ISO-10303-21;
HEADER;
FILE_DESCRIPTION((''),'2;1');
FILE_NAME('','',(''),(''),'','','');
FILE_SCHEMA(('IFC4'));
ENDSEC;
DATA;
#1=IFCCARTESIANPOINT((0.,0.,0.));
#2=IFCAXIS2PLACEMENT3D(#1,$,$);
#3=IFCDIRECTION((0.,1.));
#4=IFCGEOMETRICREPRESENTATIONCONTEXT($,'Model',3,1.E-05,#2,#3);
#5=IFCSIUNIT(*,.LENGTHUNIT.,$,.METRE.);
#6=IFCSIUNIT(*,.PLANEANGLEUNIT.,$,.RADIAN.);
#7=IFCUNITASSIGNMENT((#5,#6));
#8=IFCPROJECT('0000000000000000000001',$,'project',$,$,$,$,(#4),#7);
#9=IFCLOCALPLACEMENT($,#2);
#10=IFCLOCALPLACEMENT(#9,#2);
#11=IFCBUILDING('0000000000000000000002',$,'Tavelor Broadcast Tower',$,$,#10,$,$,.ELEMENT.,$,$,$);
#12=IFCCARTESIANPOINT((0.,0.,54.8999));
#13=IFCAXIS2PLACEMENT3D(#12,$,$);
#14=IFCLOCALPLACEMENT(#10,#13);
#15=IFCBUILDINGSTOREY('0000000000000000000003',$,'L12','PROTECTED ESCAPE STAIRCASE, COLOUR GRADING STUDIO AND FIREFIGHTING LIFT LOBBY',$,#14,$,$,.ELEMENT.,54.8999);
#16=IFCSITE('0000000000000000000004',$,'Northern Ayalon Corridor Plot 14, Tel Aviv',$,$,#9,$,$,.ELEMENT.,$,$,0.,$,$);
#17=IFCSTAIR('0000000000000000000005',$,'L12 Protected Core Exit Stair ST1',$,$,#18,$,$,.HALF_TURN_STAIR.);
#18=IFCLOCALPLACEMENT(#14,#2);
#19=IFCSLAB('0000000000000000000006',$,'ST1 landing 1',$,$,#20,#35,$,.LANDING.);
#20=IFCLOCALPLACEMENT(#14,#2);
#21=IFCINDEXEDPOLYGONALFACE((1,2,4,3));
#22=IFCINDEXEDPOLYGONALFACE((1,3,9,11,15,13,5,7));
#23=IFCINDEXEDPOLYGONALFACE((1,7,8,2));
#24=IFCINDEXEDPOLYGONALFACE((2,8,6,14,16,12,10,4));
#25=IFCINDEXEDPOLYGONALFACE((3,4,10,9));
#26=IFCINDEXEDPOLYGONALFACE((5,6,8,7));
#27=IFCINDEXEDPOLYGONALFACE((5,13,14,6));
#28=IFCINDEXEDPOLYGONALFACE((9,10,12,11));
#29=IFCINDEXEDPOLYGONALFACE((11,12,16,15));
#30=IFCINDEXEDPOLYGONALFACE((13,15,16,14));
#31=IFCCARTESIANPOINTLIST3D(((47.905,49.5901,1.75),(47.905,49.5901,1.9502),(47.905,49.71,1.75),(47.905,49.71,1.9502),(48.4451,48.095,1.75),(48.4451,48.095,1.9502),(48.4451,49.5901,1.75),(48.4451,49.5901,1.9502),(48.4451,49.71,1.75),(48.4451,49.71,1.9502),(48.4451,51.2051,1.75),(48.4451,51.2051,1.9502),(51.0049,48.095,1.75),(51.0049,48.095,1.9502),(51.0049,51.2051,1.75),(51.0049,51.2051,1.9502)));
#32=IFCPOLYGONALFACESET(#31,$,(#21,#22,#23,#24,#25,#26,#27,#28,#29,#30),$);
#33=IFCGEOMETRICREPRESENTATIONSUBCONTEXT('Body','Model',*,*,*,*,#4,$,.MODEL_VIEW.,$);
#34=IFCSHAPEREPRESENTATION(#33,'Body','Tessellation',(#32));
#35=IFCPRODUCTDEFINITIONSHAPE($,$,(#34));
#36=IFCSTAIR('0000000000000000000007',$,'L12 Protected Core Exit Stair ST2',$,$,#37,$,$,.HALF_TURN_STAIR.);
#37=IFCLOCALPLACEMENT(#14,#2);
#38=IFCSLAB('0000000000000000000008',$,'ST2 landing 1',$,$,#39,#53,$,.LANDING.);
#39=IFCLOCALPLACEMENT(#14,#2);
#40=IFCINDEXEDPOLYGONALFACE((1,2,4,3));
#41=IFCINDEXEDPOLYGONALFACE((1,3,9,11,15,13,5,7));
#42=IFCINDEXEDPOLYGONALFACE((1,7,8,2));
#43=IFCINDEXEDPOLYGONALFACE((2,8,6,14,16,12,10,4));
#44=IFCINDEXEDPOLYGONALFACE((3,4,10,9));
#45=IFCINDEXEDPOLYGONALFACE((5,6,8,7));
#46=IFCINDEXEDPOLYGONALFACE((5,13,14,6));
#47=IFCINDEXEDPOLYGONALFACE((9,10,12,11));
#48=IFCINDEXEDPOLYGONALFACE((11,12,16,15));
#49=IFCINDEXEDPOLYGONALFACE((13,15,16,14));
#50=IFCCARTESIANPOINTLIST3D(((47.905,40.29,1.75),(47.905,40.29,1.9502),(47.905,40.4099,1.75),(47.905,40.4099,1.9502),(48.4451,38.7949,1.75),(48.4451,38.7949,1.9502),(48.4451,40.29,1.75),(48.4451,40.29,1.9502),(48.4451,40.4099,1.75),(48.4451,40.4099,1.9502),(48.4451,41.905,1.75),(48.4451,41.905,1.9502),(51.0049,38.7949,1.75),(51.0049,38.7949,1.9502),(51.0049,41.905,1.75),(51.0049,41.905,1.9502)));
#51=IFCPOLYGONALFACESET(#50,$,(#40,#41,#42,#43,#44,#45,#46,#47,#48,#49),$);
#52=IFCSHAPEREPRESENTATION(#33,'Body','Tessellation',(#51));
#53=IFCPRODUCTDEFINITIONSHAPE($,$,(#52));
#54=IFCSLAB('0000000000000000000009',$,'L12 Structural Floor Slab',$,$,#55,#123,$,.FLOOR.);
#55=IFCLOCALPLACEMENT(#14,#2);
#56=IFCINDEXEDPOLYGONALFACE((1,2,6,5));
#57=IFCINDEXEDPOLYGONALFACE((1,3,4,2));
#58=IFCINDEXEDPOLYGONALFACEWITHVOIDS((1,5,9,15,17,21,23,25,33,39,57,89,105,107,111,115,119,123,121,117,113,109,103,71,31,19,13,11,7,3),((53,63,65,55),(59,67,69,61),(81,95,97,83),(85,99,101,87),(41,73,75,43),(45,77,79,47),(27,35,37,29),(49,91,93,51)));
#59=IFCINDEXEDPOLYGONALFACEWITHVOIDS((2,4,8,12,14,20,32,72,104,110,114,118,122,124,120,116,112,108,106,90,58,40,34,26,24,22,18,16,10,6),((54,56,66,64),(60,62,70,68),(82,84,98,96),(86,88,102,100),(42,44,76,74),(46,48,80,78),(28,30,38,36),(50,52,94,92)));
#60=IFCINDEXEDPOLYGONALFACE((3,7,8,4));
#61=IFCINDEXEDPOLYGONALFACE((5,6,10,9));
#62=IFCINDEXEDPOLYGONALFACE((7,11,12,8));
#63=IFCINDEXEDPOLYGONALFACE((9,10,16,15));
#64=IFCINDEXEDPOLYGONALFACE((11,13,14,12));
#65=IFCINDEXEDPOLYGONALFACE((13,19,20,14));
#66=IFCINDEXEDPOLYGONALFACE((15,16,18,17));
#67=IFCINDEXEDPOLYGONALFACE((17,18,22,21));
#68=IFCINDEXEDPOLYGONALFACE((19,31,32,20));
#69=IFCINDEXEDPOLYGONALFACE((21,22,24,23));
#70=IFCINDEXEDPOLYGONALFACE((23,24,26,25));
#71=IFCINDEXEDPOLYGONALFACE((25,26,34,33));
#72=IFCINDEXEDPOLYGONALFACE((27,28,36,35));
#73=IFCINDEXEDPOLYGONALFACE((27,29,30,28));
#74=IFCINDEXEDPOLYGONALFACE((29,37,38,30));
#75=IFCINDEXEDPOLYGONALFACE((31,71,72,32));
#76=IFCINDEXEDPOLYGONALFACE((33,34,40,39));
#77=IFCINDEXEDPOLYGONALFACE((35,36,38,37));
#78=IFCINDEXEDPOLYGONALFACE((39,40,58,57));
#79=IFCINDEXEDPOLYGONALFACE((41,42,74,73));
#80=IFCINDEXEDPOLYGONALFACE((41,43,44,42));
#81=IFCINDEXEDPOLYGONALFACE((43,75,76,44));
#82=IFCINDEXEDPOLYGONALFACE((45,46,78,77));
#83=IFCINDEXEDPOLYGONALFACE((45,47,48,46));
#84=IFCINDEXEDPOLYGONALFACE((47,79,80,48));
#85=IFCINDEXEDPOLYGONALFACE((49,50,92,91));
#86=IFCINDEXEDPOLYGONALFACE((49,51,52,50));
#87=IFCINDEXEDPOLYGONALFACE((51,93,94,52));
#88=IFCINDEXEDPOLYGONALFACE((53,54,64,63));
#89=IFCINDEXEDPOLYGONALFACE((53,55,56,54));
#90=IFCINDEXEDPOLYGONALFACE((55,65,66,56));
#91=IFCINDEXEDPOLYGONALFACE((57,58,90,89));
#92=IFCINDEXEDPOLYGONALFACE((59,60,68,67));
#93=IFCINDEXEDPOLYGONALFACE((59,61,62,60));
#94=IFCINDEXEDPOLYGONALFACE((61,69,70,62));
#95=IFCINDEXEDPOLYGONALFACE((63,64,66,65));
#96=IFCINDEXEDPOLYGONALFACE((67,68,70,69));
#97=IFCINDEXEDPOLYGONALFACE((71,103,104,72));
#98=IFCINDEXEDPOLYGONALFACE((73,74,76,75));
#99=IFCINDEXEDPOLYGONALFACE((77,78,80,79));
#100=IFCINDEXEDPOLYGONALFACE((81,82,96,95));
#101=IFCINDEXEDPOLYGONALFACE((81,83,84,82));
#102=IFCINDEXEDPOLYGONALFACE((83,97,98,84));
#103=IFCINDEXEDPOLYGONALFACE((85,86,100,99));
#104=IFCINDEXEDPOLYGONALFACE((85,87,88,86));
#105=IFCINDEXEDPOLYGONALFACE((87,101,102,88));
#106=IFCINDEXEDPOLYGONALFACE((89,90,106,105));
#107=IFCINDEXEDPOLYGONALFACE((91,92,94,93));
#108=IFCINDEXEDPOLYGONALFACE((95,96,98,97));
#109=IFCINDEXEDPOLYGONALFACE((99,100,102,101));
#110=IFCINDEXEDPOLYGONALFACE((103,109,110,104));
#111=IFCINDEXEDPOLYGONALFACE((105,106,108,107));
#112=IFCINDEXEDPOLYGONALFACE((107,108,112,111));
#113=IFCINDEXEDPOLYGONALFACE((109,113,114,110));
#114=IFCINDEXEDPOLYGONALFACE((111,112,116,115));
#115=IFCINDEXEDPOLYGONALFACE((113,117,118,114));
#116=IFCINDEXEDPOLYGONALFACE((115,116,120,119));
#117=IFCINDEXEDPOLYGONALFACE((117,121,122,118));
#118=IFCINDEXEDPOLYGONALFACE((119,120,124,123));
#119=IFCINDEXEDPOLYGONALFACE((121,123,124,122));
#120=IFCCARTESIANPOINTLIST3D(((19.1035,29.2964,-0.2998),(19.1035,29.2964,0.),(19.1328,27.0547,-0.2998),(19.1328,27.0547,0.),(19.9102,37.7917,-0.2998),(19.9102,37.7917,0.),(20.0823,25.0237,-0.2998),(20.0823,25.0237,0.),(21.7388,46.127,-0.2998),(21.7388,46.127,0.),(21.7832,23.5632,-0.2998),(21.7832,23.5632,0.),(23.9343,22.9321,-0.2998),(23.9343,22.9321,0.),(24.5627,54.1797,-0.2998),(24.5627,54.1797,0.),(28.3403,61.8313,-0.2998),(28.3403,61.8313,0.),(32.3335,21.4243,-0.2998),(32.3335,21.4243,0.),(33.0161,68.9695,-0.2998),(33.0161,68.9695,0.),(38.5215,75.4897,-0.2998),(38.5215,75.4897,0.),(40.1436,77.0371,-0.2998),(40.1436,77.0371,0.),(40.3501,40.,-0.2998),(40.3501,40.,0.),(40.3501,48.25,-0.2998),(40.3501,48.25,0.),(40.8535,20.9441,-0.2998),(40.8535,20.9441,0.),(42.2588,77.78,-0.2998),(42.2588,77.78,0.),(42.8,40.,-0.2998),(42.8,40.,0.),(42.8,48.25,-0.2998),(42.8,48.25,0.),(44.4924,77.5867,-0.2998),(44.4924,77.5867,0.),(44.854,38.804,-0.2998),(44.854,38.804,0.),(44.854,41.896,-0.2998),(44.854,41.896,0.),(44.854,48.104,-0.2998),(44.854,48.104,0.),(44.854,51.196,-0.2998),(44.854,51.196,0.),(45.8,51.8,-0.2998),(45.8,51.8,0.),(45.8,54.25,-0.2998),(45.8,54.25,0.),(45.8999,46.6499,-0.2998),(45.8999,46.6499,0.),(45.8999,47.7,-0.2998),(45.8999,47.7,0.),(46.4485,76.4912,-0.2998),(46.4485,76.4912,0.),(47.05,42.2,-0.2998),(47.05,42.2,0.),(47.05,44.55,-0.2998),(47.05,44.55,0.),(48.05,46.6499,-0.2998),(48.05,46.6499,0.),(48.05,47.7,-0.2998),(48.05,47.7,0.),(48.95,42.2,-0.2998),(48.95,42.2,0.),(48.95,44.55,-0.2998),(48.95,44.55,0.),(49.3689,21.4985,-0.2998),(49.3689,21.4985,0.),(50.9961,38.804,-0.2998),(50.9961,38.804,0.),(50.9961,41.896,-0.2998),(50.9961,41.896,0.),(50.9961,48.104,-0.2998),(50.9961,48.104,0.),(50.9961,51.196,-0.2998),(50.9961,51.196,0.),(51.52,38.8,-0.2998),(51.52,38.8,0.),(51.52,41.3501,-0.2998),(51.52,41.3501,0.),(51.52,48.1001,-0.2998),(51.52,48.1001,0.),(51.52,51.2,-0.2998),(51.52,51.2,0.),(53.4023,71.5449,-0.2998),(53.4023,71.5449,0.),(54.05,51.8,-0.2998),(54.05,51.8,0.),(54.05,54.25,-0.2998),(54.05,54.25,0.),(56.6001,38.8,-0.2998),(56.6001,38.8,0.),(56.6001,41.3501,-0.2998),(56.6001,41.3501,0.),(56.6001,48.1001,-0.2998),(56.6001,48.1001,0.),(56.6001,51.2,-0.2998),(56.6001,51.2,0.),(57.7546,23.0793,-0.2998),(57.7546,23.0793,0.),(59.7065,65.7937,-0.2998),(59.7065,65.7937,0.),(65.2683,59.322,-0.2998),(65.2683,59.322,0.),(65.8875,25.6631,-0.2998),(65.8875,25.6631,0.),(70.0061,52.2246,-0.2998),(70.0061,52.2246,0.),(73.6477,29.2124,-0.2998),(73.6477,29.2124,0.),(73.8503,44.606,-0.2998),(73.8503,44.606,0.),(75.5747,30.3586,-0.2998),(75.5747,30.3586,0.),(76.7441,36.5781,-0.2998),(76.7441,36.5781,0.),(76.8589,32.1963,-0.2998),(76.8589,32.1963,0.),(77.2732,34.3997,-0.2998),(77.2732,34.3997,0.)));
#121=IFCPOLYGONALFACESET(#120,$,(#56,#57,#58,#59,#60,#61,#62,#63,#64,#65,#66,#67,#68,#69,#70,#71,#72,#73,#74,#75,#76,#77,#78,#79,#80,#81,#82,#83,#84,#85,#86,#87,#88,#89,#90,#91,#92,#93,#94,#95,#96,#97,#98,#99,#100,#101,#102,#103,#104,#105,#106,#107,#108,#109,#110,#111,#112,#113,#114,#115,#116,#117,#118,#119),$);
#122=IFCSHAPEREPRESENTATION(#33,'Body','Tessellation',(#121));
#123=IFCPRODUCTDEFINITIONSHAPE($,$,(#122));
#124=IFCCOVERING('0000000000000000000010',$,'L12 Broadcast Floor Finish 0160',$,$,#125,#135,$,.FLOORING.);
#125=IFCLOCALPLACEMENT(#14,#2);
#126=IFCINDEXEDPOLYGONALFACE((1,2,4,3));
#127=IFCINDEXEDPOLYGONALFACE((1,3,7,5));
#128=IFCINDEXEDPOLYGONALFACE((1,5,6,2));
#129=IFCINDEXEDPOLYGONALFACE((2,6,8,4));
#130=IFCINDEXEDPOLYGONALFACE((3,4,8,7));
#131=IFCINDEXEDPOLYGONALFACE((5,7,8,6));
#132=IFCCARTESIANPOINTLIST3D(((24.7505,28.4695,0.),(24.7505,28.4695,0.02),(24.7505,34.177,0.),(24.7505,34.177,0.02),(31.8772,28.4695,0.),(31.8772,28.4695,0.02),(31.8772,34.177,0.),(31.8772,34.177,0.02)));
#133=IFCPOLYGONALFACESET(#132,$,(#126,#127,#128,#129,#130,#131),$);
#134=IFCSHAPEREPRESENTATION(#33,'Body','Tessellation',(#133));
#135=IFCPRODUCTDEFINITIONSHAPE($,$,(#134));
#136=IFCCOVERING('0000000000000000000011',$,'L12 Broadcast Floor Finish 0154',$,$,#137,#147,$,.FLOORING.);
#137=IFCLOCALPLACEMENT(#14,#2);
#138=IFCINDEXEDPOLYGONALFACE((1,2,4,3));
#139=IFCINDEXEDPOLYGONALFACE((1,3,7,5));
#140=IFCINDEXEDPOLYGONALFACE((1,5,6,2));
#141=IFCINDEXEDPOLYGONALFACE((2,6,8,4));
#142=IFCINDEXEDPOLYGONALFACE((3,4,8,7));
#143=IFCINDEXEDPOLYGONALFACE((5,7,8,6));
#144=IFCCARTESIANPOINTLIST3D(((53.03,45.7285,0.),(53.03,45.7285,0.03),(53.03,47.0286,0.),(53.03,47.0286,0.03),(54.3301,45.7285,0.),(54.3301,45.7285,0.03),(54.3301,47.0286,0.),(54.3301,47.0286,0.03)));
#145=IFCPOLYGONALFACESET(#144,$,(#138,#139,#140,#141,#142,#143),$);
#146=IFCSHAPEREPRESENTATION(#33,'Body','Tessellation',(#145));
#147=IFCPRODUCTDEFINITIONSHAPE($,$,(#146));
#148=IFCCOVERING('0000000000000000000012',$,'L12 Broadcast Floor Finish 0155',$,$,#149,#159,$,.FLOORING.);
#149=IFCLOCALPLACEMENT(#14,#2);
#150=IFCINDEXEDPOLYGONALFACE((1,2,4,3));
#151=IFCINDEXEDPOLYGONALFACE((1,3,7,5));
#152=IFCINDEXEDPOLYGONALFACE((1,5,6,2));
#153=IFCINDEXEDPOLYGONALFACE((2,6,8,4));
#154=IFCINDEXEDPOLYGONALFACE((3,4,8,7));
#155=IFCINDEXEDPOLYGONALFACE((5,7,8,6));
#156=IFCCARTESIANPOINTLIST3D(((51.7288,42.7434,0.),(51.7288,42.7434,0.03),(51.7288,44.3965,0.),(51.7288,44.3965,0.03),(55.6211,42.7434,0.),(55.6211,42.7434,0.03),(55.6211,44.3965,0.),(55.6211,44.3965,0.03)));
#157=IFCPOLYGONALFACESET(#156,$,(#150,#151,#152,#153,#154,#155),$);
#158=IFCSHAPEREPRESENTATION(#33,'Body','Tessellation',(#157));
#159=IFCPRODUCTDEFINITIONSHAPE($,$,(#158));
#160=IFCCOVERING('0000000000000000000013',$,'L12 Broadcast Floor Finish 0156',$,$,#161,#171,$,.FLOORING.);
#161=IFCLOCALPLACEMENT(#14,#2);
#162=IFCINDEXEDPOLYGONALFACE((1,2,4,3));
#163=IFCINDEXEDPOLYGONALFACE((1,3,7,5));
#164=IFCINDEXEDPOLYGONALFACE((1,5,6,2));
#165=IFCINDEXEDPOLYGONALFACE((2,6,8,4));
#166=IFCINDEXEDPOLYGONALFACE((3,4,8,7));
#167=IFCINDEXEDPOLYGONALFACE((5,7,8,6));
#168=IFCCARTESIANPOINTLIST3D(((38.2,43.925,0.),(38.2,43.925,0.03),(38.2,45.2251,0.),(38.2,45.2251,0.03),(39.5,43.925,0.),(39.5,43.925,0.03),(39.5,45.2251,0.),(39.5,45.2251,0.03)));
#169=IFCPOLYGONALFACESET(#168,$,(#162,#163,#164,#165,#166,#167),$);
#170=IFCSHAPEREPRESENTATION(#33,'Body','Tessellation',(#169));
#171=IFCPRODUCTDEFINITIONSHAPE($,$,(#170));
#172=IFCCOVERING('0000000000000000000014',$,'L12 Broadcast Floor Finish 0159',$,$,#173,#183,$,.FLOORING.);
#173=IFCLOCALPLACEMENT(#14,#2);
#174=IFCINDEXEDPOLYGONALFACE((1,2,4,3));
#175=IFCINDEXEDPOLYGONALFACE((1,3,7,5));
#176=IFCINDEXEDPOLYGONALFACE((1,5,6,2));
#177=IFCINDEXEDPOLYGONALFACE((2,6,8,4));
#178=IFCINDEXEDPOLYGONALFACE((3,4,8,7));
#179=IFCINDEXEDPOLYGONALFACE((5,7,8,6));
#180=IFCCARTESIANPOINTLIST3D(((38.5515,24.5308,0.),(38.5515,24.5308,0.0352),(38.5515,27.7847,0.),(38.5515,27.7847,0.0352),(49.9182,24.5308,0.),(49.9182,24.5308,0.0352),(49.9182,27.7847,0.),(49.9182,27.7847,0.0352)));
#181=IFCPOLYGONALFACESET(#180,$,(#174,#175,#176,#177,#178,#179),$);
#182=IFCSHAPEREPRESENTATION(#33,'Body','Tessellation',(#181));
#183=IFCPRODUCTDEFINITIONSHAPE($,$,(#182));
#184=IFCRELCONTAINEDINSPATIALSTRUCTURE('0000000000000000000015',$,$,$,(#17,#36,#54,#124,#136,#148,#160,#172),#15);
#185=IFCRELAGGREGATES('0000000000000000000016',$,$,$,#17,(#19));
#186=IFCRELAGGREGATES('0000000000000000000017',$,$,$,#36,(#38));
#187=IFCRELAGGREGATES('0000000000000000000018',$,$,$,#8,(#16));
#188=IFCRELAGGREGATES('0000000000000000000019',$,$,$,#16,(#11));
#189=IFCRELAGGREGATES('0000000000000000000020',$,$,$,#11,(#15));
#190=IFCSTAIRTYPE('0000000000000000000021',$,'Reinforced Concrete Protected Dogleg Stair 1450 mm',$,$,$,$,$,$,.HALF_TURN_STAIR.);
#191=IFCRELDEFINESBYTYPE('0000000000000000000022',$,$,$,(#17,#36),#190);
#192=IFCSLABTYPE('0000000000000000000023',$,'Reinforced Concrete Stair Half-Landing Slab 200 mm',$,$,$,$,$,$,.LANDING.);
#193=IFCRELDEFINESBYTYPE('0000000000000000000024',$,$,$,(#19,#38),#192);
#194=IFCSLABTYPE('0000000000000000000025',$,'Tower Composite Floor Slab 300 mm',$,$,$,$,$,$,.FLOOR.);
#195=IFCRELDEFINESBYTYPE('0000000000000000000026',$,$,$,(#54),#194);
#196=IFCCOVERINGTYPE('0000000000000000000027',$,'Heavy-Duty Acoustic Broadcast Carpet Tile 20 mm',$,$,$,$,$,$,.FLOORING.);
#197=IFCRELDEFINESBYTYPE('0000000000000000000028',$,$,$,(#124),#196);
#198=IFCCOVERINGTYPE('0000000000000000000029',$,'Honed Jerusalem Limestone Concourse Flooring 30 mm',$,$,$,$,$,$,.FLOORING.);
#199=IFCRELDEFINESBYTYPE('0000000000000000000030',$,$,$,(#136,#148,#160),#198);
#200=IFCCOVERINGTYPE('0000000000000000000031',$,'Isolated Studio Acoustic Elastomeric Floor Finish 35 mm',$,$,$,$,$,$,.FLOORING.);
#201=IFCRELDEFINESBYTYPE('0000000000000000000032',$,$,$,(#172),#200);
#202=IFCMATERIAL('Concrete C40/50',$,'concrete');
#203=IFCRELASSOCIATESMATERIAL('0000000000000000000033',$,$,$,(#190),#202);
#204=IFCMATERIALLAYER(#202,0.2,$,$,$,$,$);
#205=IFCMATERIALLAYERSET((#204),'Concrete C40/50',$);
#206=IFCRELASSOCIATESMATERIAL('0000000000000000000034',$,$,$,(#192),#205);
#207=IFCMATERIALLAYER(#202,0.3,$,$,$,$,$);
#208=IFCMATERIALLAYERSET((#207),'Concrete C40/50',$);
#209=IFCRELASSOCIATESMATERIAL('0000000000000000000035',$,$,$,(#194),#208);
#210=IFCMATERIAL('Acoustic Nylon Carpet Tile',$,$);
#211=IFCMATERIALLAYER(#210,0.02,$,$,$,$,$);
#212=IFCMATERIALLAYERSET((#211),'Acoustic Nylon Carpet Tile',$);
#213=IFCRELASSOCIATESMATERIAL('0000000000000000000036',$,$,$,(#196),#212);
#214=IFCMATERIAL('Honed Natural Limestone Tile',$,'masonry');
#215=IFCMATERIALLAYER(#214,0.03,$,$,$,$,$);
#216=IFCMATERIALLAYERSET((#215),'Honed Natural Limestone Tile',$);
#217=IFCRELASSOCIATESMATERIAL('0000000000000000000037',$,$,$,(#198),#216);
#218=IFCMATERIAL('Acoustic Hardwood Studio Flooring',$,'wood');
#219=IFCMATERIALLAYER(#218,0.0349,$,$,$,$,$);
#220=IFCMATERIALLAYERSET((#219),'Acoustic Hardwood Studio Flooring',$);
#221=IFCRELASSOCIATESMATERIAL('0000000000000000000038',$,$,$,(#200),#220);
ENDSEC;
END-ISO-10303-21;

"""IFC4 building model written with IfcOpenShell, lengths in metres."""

from ifc_helpers import new_model, si_unit, direction, frame, origin, place, context, subcontext, project, spatial, polyline, outline, extrude, material, layer, layer_set, type_object, element, aggregate, save


model = new_model("IFC4")

# Units and contexts
model_context = context("Model", 3, precision=1e-05, world=origin(), true_north=direction((0.0, 1.0)))
body_context = subcontext(model_context, "Body", "Model", "MODEL_VIEW")
ifc_project = project(units=[si_unit("LENGTHUNIT", "METRE"), si_unit("PLANEANGLEUNIT", "RADIAN")], contexts=[model_context])

# Site, building, storey
site_placement = place(None, origin())
site = spatial("IfcSite", under=ifc_project, at=site_placement, Name="Northern Ayalon Corridor Plot 14, Tel Aviv", CompositionType="ELEMENT", RefElevation=0.0)
building_placement = place(site_placement, origin())
building = spatial("IfcBuilding", under=site, at=building_placement, Name="Tavelor Broadcast Tower", CompositionType="ELEMENT")
storey_placement = place(building_placement, frame((0.0, 0.0, 54.8999)))
storey = spatial("IfcBuildingStorey", under=building, at=storey_placement, Name="L12", Description="PROTECTED ESCAPE STAIRCASE, COLOUR GRADING STUDIO AND FIREFIGHTING LIFT LOBBY", CompositionType="ELEMENT", Elevation=54.8999)

# Stairs, slabs
ifc_material_1 = material(Name="Concrete C40/50", Category="concrete")
stair_type = type_object("IfcStairType", Name="Reinforced Concrete Protected Dogleg Stair 1450 mm", PredefinedType="HALF_TURN_STAIR", material=ifc_material_1)
stair_1_placement = place(storey_placement, origin())
stair_1 = element("IfcStair", 1, at=stair_1_placement, inside=storey, type_object=stair_type, Name="L12 Protected Core Exit Stair ST1", PredefinedType="HALF_TURN_STAIR")
ifc_layer_1 = layer(ifc_material_1, 0.2)
ifc_layer_set_1 = layer_set([ifc_layer_1], Name="Concrete C40/50")
slab_type_1 = type_object("IfcSlabType", Name="Reinforced Concrete Stair Half-Landing Slab 200 mm", PredefinedType="LANDING", material=ifc_layer_set_1)
slab_1_placement = place(storey_placement, frame((0.0, 0.0, 1.75)))
slab_1 = element("IfcSlab", 2, at=slab_1_placement, type_object=slab_type_1, Name="ST1 landing 1", PredefinedType="LANDING", context=body_context, shape_type="SweptSolid", body=[
    extrude(outline(polyline([(48.4451, 49.5901), (48.4451, 48.095), (51.0049, 48.095), (51.0049, 51.2051), (48.4451, 51.2051), (48.4451, 49.71), (47.905, 49.71), (47.905, 49.5901), (48.4451, 49.5901)])), origin(), (0.0, 0.0, 1.0), 0.2002),
])
aggregate(stair_1, [slab_1])
stair_2_placement = place(storey_placement, origin())
stair_2 = element("IfcStair", 3, at=stair_2_placement, inside=storey, type_object=stair_type, Name="L12 Protected Core Exit Stair ST2", PredefinedType="HALF_TURN_STAIR")
slab_2_placement = place(storey_placement, frame((0.0, 0.0, 1.75)))
slab_2 = element("IfcSlab", 4, at=slab_2_placement, type_object=slab_type_1, Name="ST2 landing 1", PredefinedType="LANDING", context=body_context, shape_type="SweptSolid", body=[
    extrude(outline(polyline([(48.4451, 40.29), (48.4451, 38.7949), (51.0049, 38.7949), (51.0049, 41.905), (48.4451, 41.905), (48.4451, 40.4099), (47.905, 40.4099), (47.905, 40.29), (48.4451, 40.29)])), origin(), (0.0, 0.0, 1.0), 0.2002),
])
aggregate(stair_2, [slab_2])

# Slab
ifc_layer_2 = layer(ifc_material_1, 0.3)
ifc_layer_set_2 = layer_set([ifc_layer_2], Name="Concrete C40/50")
slab_type_2 = type_object("IfcSlabType", Name="Tower Composite Floor Slab 300 mm", PredefinedType="FLOOR", material=ifc_layer_set_2)
slab_3_placement = place(storey_placement, frame((0.0, 0.0, -0.2998)))
element("IfcSlab", 5, at=slab_3_placement, inside=storey, type_object=slab_type_2, Name="L12 Structural Floor Slab", PredefinedType="FLOOR", context=body_context, shape_type="SweptSolid", body=[
    extrude(outline(polyline([(46.4485, 76.4912), (44.4924, 77.5867), (42.2588, 77.78), (40.1436, 77.0371), (38.5215, 75.4897), (33.0161, 68.9695), (28.3403, 61.8313), (24.5627, 54.1797), (21.7388, 46.127), (19.9102, 37.7917), (19.1035, 29.2964), (19.1328, 27.0547), (20.0823, 25.0237), (21.7832, 23.5632), (23.9343, 22.9321), (32.3335, 21.4243), (40.8535, 20.9441), (49.3689, 21.4985), (57.7546, 23.0793), (65.8875, 25.6631), (73.6477, 29.2124), (75.5747, 30.3586), (76.8589, 32.1963), (77.2732, 34.3997), (76.7441, 36.5781), (73.8503, 44.606), (70.0061, 52.2246), (65.2683, 59.322), (59.7065, 65.7937), (53.4023, 71.5449), (46.4485, 76.4912)]), holes=[polyline([(56.6001, 38.8), (51.52, 38.8), (51.52, 41.3501), (56.6001, 41.3501), (56.6001, 38.8)]), polyline([(50.9961, 38.804), (44.854, 38.804), (44.854, 41.896), (50.9961, 41.896), (50.9961, 38.804)]), polyline([(47.05, 42.2), (47.05, 44.55), (48.95, 44.55), (48.95, 42.2), (47.05, 42.2)]), polyline([(40.3501, 40.0), (40.3501, 48.25), (42.8, 48.25), (42.8, 40.0), (40.3501, 40.0)]), polyline([(48.05, 46.6499), (45.8999, 46.6499), (45.8999, 47.7), (48.05, 47.7), (48.05, 46.6499)]), polyline([(50.9961, 48.104), (44.854, 48.104), (44.854, 51.196), (50.9961, 51.196), (50.9961, 48.104)]), polyline([(56.6001, 48.1001), (51.52, 48.1001), (51.52, 51.2), (56.6001, 51.2), (56.6001, 48.1001)]), polyline([(54.05, 51.8), (45.8, 51.8), (45.8, 54.25), (54.05, 54.25), (54.05, 51.8)])]), origin(), (0.0, 0.0, 1.0), 0.2998),
])

# Coverings
ifc_material_2 = material(Name="Acoustic Nylon Carpet Tile")
ifc_layer_3 = layer(ifc_material_2, 0.02)
ifc_layer_set_3 = layer_set([ifc_layer_3], Name="Acoustic Nylon Carpet Tile")
covering_type_1 = type_object("IfcCoveringType", Name="Heavy-Duty Acoustic Broadcast Carpet Tile 20 mm", PredefinedType="FLOORING", material=ifc_layer_set_3)
covering_1_placement = place(storey_placement, origin())
element("IfcCovering", 6, at=covering_1_placement, inside=storey, type_object=covering_type_1, Name="L12 Broadcast Floor Finish 0160", PredefinedType="FLOORING", context=body_context, shape_type="SweptSolid", body=[
    extrude(outline(polyline([(24.7505, 28.4695), (31.8772, 28.4695), (31.8772, 34.177), (24.7505, 34.177), (24.7505, 28.4695)])), origin(), (0.0, 0.0, 1.0), 0.02),
])
ifc_material_3 = material(Name="Honed Natural Limestone Tile", Category="masonry")
ifc_layer_4 = layer(ifc_material_3, 0.03)
ifc_layer_set_4 = layer_set([ifc_layer_4], Name="Honed Natural Limestone Tile")
covering_type_2 = type_object("IfcCoveringType", Name="Honed Jerusalem Limestone Concourse Flooring 30 mm", PredefinedType="FLOORING", material=ifc_layer_set_4)
covering_2_placement = place(storey_placement, origin())
element("IfcCovering", 7, at=covering_2_placement, inside=storey, type_object=covering_type_2, Name="L12 Broadcast Floor Finish 0154", PredefinedType="FLOORING", context=body_context, shape_type="SweptSolid", body=[
    extrude(outline(polyline([(53.03, 45.7285), (54.3301, 45.7285), (54.3301, 47.0286), (53.03, 47.0286), (53.03, 45.7285)])), origin(), (0.0, 0.0, 1.0), 0.03),
])
covering_3_placement = place(storey_placement, origin())
element("IfcCovering", 8, at=covering_3_placement, inside=storey, type_object=covering_type_2, Name="L12 Broadcast Floor Finish 0155", PredefinedType="FLOORING", context=body_context, shape_type="SweptSolid", body=[
    extrude(outline(polyline([(51.7288, 42.7434), (55.6211, 42.7434), (55.6211, 44.3965), (51.7288, 44.3965), (51.7288, 42.7434)])), origin(), (0.0, 0.0, 1.0), 0.03),
])
covering_4_placement = place(storey_placement, origin())
element("IfcCovering", 9, at=covering_4_placement, inside=storey, type_object=covering_type_2, Name="L12 Broadcast Floor Finish 0156", PredefinedType="FLOORING", context=body_context, shape_type="SweptSolid", body=[
    extrude(outline(polyline([(38.2, 43.925), (39.5, 43.925), (39.5, 45.2251), (38.2, 45.2251), (38.2, 43.925)])), origin(), (0.0, 0.0, 1.0), 0.03),
])
ifc_material_4 = material(Name="Acoustic Hardwood Studio Flooring", Category="wood")
ifc_layer_5 = layer(ifc_material_4, 0.0349)
ifc_layer_set_5 = layer_set([ifc_layer_5], Name="Acoustic Hardwood Studio Flooring")
covering_type_3 = type_object("IfcCoveringType", Name="Isolated Studio Acoustic Elastomeric Floor Finish 35 mm", PredefinedType="FLOORING", material=ifc_layer_set_5)
covering_5_placement = place(storey_placement, origin())
element("IfcCovering", 10, at=covering_5_placement, inside=storey, type_object=covering_type_3, Name="L12 Broadcast Floor Finish 0159", PredefinedType="FLOORING", context=body_context, shape_type="SweptSolid", body=[
    extrude(outline(polyline([(38.5515, 24.5308), (49.9182, 24.5308), (49.9182, 27.7847), (38.5515, 27.7847), (38.5515, 24.5308)])), origin(), (0.0, 0.0, 1.0), 0.0352),
])

save(model, "model.ifc")
